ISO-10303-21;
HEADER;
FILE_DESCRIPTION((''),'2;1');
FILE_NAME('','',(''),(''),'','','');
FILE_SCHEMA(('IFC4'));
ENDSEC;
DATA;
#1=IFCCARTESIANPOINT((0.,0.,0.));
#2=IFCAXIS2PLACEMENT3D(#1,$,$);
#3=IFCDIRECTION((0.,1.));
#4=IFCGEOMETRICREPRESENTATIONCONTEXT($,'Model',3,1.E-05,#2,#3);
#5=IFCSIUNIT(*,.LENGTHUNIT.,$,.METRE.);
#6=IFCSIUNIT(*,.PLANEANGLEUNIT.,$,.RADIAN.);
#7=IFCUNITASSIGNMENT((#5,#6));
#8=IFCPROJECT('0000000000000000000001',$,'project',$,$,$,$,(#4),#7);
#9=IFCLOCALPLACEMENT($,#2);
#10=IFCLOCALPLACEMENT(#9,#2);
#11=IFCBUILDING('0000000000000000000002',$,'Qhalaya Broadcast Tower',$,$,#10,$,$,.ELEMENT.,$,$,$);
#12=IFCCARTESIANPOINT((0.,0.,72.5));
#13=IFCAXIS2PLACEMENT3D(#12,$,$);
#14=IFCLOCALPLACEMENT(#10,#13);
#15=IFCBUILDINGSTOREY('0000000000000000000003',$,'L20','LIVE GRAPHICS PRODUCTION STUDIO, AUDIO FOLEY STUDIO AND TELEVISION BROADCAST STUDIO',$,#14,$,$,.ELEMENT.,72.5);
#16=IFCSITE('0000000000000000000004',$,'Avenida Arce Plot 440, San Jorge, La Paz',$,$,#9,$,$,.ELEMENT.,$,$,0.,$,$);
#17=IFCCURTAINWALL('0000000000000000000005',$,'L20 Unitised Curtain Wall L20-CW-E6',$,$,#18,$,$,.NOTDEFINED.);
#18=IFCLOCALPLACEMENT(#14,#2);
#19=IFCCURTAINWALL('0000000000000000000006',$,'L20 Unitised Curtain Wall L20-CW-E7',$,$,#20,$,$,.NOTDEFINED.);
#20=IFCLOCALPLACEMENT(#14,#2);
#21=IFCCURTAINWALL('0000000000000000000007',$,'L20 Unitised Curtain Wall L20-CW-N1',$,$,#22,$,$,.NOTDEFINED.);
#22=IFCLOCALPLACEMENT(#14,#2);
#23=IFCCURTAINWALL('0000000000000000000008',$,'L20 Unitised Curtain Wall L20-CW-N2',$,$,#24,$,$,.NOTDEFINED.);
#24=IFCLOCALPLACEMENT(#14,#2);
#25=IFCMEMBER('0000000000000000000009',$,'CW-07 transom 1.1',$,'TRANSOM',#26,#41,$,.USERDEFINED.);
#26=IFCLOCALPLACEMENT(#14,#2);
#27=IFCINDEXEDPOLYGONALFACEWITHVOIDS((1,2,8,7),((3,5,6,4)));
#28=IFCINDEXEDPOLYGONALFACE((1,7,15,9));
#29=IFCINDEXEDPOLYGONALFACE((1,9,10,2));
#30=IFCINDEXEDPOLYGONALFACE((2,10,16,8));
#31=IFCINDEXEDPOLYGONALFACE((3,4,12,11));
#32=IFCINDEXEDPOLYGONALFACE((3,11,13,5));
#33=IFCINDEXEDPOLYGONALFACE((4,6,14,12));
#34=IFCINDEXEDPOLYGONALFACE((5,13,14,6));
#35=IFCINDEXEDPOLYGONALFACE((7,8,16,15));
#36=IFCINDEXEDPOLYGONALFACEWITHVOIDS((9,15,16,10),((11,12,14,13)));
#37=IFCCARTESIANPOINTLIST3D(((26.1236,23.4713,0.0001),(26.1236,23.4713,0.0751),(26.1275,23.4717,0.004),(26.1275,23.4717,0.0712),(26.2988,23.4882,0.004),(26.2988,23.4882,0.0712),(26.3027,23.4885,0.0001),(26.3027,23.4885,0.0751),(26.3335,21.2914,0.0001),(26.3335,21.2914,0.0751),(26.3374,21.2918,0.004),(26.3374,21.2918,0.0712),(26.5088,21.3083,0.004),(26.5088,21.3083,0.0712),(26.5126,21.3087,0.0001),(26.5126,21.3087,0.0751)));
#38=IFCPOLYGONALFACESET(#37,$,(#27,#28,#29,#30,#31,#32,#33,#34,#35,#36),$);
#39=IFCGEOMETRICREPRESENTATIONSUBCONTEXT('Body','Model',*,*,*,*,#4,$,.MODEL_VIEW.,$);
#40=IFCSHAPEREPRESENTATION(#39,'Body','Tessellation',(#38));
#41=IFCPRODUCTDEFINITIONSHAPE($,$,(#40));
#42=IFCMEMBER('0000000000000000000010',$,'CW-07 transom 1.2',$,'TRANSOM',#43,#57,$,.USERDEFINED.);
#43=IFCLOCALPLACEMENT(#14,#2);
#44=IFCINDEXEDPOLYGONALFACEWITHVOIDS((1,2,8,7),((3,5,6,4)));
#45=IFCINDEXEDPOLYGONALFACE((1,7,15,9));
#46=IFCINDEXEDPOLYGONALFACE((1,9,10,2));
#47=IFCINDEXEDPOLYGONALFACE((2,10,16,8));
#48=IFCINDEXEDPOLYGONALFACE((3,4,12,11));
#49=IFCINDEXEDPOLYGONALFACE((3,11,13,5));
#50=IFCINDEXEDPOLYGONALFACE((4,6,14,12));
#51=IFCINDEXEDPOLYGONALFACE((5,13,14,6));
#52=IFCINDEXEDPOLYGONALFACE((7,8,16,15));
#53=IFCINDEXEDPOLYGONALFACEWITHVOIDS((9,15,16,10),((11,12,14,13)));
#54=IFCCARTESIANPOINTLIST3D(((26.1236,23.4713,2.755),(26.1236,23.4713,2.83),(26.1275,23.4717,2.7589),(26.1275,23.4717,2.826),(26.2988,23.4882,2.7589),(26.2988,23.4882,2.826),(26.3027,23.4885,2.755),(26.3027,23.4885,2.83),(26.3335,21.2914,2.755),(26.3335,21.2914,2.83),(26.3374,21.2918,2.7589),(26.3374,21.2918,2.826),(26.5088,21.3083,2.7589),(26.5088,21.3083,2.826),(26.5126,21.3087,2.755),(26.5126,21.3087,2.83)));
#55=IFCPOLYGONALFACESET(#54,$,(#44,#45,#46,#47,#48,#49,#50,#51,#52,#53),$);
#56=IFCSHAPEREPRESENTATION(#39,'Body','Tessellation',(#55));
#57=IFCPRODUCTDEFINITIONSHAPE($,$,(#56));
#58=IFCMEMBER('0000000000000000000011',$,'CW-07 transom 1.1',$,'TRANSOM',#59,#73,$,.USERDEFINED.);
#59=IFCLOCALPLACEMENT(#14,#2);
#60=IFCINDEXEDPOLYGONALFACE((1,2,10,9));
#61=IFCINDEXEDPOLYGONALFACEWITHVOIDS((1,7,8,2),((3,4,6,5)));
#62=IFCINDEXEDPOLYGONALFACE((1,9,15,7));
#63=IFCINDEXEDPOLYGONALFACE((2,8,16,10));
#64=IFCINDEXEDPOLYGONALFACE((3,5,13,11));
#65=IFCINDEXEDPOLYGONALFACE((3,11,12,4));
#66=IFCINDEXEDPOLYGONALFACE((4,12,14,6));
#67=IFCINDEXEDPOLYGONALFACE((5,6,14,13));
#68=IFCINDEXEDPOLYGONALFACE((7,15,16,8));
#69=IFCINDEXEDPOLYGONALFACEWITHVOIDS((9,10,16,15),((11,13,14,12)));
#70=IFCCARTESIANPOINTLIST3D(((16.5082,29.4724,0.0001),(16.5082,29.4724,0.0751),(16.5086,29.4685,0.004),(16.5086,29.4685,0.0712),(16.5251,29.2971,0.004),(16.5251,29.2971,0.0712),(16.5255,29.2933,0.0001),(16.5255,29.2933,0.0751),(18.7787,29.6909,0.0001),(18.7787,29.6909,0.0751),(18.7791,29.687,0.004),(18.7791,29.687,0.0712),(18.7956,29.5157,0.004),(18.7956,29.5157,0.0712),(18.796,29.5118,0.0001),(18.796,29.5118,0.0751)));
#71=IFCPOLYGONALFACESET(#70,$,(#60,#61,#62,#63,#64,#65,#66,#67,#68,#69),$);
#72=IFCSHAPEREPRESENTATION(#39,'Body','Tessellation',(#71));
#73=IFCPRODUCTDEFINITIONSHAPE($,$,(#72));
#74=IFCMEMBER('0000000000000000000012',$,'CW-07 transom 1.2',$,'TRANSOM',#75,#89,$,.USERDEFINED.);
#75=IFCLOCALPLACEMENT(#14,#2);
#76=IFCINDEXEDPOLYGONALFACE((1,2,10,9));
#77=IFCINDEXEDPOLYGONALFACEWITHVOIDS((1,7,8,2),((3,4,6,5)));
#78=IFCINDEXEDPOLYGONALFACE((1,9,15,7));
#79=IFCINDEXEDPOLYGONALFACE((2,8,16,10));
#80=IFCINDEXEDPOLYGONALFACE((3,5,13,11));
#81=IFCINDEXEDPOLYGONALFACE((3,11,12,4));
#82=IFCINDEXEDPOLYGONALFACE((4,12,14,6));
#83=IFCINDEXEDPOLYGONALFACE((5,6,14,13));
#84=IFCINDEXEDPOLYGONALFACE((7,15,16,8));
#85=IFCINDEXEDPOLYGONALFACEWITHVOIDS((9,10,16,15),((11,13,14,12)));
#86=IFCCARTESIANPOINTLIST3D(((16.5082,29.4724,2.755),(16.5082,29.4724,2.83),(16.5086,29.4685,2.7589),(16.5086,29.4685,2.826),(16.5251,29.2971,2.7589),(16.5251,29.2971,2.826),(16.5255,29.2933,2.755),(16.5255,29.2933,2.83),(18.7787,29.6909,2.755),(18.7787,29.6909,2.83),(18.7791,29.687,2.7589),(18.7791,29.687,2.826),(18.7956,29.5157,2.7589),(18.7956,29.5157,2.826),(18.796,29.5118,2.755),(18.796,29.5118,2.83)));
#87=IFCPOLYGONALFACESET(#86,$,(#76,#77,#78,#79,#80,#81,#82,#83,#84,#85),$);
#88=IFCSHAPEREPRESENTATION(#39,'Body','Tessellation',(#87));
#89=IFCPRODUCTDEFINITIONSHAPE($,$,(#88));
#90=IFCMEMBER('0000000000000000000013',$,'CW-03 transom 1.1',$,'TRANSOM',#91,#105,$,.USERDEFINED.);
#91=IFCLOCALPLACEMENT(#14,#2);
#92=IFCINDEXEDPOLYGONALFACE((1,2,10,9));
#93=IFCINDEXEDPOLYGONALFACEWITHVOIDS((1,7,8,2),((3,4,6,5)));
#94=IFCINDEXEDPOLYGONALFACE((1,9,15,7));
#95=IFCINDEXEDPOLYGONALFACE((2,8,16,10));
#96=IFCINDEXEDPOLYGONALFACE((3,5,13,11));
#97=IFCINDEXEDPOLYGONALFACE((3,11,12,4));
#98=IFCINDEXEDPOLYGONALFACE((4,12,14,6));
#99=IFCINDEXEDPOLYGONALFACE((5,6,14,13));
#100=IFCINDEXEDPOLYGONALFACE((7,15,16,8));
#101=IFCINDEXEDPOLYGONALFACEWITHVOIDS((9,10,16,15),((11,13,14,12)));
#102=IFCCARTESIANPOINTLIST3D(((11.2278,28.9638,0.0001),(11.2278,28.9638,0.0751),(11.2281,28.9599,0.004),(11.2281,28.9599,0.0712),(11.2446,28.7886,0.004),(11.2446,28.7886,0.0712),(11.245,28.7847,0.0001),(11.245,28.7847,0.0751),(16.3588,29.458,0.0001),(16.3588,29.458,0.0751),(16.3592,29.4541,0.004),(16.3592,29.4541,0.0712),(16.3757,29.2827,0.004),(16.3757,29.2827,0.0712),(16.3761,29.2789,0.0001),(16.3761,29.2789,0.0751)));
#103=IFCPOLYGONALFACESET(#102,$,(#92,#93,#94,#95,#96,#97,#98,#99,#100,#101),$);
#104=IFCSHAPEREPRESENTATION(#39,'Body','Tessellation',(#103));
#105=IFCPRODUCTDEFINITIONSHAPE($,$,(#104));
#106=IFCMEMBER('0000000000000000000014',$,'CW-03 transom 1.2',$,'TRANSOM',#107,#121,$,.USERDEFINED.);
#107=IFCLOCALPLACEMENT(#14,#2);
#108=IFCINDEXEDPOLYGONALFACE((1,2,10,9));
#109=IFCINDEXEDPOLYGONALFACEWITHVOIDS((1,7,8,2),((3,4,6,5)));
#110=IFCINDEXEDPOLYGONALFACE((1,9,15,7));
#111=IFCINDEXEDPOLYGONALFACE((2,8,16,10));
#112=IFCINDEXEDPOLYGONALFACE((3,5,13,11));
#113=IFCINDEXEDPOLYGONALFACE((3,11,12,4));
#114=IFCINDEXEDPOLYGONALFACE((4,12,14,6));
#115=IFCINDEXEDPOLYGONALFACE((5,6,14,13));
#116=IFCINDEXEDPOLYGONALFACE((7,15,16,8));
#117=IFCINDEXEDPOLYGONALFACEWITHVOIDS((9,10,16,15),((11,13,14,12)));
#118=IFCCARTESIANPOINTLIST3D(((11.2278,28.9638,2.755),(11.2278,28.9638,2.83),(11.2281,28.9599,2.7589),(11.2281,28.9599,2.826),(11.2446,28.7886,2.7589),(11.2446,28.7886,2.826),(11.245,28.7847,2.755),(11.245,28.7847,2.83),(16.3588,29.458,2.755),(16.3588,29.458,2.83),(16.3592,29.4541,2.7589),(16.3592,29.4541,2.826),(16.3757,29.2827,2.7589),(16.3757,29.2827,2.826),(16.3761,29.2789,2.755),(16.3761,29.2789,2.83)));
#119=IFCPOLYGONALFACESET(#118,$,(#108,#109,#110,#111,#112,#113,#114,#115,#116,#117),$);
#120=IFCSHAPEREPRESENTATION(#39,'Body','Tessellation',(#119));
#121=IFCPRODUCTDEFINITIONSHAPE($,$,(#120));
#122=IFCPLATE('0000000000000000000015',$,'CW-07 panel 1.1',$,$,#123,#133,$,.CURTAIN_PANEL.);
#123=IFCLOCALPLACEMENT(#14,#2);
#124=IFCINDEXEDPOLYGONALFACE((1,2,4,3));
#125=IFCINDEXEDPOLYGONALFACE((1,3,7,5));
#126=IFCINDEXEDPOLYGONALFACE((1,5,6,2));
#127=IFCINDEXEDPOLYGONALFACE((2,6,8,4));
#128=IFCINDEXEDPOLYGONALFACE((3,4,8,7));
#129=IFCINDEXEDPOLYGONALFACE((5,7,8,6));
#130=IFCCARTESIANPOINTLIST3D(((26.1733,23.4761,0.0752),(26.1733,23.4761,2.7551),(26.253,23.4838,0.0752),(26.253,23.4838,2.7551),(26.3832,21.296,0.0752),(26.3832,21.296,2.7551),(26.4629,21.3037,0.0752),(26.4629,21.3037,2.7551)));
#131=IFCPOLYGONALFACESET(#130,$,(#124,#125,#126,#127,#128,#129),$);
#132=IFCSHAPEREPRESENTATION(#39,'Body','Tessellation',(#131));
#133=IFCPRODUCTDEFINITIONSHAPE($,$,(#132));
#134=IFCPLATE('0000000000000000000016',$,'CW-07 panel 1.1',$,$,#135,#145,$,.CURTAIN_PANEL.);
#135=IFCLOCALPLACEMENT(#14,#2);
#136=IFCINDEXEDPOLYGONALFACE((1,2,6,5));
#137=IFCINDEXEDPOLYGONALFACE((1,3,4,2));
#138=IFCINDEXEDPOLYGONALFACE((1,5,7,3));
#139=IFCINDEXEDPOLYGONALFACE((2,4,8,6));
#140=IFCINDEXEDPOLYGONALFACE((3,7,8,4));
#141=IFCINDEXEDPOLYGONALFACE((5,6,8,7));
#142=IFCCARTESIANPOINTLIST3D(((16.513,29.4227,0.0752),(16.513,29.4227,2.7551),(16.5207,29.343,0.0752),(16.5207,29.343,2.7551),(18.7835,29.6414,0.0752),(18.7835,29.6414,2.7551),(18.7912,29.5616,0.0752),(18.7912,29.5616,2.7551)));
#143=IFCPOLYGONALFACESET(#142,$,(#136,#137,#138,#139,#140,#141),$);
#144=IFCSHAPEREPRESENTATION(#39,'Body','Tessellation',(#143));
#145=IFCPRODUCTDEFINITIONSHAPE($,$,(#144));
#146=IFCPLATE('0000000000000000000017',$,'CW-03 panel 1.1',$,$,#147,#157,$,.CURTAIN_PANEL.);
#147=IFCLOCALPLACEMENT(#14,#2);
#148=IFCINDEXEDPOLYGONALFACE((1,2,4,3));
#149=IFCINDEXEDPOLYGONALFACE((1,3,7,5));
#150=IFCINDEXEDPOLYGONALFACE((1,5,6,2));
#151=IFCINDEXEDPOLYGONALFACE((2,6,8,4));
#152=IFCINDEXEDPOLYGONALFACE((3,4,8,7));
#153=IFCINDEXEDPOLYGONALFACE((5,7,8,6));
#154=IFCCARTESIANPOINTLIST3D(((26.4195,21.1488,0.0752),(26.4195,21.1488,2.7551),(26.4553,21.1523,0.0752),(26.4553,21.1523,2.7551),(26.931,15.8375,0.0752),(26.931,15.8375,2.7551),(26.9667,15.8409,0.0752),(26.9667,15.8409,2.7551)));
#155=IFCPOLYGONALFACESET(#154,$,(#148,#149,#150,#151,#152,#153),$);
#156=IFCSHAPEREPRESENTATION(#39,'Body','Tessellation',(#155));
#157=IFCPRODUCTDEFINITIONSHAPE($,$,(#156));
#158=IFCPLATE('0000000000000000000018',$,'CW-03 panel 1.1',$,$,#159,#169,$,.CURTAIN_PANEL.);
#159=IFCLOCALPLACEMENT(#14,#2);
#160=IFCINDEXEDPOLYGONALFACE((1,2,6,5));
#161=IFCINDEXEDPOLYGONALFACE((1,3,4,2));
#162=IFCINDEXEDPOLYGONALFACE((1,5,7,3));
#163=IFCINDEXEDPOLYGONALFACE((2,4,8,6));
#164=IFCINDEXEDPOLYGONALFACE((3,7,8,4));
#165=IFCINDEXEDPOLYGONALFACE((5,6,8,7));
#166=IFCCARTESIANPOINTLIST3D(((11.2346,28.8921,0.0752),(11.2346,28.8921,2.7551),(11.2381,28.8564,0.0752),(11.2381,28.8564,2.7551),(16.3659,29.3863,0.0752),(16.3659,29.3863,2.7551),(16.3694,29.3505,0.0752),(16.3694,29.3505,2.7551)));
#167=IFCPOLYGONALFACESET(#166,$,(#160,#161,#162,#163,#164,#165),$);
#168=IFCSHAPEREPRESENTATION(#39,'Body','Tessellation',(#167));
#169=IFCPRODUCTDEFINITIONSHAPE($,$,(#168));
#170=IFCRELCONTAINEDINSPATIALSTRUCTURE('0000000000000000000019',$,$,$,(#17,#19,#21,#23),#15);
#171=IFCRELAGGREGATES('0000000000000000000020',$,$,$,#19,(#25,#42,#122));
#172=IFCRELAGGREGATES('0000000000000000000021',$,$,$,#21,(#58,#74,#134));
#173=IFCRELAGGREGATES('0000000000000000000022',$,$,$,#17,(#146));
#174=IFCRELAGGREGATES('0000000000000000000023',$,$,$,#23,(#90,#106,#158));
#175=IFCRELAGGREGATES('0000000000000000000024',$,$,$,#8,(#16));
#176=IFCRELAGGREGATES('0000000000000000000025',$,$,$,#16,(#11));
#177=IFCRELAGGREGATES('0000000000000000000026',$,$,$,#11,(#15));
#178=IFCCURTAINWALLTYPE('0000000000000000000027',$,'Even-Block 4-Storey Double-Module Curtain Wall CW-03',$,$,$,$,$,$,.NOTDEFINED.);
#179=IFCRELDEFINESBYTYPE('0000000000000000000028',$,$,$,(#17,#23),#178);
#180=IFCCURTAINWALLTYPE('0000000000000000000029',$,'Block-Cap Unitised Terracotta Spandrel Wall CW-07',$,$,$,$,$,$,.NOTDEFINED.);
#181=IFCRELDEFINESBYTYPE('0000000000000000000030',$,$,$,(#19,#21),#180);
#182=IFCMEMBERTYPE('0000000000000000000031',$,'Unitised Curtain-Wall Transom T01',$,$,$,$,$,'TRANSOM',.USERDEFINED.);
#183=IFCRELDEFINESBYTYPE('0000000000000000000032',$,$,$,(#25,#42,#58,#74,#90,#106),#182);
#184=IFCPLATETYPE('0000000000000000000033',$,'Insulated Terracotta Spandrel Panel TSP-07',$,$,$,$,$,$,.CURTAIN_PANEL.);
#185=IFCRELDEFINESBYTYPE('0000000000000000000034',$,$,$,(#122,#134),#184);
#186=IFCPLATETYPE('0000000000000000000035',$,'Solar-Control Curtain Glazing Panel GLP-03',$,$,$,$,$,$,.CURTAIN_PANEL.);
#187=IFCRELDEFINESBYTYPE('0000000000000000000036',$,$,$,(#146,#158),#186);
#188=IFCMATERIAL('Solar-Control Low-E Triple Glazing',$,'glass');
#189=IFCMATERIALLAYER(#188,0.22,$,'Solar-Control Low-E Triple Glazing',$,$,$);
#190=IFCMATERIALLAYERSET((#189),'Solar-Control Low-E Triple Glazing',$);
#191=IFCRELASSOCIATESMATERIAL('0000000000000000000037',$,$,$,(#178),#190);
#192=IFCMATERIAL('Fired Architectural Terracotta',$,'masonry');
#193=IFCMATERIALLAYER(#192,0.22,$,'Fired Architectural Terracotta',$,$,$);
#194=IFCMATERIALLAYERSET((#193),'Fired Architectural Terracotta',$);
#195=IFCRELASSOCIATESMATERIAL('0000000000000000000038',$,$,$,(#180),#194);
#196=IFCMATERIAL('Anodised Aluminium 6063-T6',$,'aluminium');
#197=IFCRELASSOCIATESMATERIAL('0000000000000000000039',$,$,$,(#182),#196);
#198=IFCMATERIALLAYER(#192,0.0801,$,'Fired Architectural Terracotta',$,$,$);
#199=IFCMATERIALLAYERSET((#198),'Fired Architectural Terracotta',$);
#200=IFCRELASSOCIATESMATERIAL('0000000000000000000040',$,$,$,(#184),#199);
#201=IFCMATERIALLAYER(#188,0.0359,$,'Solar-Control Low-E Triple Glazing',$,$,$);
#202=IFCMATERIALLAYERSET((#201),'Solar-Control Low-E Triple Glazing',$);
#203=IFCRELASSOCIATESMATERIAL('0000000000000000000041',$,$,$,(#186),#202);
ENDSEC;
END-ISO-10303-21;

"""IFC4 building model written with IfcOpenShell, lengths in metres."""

from ifc_helpers import new_model, si_unit, direction, frame, origin, origin_2d, place, context, subcontext, project, spatial, rectangle, hollow_rectangle, extrude, material, layer, layer_set, material_profile, profile_set, type_object, element, aggregate, save


model = new_model("IFC4")

# Units and contexts
model_context = context("Model", 3, precision=1e-05, world=origin(), true_north=direction((0.0, 1.0)))
body_context = subcontext(model_context, "Body", "Model", "MODEL_VIEW")
ifc_project = project(units=[si_unit("LENGTHUNIT", "METRE"), si_unit("PLANEANGLEUNIT", "RADIAN")], contexts=[model_context])

# Site, building, storey
site_placement = place(None, origin())
site = spatial("IfcSite", under=ifc_project, at=site_placement, Name="Avenida Arce Plot 440, San Jorge, La Paz", CompositionType="ELEMENT", RefElevation=0.0)
building_placement = place(site_placement, origin())
building = spatial("IfcBuilding", under=site, at=building_placement, Name="Qhalaya Broadcast Tower", CompositionType="ELEMENT")
storey_placement = place(building_placement, frame((0.0, 0.0, 72.5)))
storey = spatial("IfcBuildingStorey", under=building, at=storey_placement, Name="L20", Description="LIVE GRAPHICS PRODUCTION STUDIO, AUDIO FOLEY STUDIO AND TELEVISION BROADCAST STUDIO", CompositionType="ELEMENT", Elevation=72.5)

# Curtain wall
ifc_material_1 = material(Name="Solar-Control Low-E Triple Glazing", Category="glass")
ifc_layer_1 = layer(ifc_material_1, 0.22, Name="Solar-Control Low-E Triple Glazing")
ifc_layer_set_1 = layer_set([ifc_layer_1], Name="Solar-Control Low-E Triple Glazing")
curtain_wall_type_1 = type_object("IfcCurtainWallType", Name="Even-Block 4-Storey Double-Module Curtain Wall CW-03", PredefinedType="NOTDEFINED", material=ifc_layer_set_1)
curtain_wall_1_placement = place(storey_placement, origin())
curtain_wall_1 = element("IfcCurtainWall", 1, at=curtain_wall_1_placement, inside=storey, type_object=curtain_wall_type_1, Name="L20 Unitised Curtain Wall L20-CW-E6", PredefinedType="NOTDEFINED")
ifc_material_2 = material(Name="Anodised Aluminium 6063-T6", Category="aluminium")

# Curtain walls
ifc_material_3 = material(Name="Fired Architectural Terracotta", Category="masonry")
ifc_layer_2 = layer(ifc_material_3, 0.22, Name="Fired Architectural Terracotta")
ifc_layer_set_2 = layer_set([ifc_layer_2], Name="Fired Architectural Terracotta")
curtain_wall_type_2 = type_object("IfcCurtainWallType", Name="Block-Cap Unitised Terracotta Spandrel Wall CW-07", PredefinedType="NOTDEFINED", material=ifc_layer_set_2)
curtain_wall_2_placement = place(storey_placement, origin())
curtain_wall_2 = element("IfcCurtainWall", 2, at=curtain_wall_2_placement, inside=storey, type_object=curtain_wall_type_2, Name="L20 Unitised Curtain Wall L20-CW-E7", PredefinedType="NOTDEFINED")
curtain_wall_3_placement = place(storey_placement, origin())
curtain_wall_3 = element("IfcCurtainWall", 3, at=curtain_wall_3_placement, inside=storey, type_object=curtain_wall_type_2, Name="L20 Unitised Curtain Wall L20-CW-N1", PredefinedType="NOTDEFINED")

# Curtain wall
curtain_wall_4_placement = place(storey_placement, origin())
curtain_wall_4 = element("IfcCurtainWall", 4, at=curtain_wall_4_placement, inside=storey, type_object=curtain_wall_type_1, Name="L20 Unitised Curtain Wall L20-CW-N2", PredefinedType="NOTDEFINED")

# Members
ifc_material_profile_1 = material_profile(ifc_material_2, hollow_rectangle(XDim=0.075, YDim=0.1799, WallThickness=0.0039, at=origin_2d()), Name="ALU-TRN 75x180x4")
ifc_profile_set_1 = profile_set([ifc_material_profile_1], Name="Anodised Aluminium 6063-T6")
member_type_1 = type_object("IfcMemberType", Name="Unitised Curtain-Wall Transom T01", ElementType="TRANSOM", PredefinedType="USERDEFINED", material=ifc_profile_set_1)
member_1_placement = place(storey_placement, frame((26.4231, 21.3, 0.0376), z_axis=(-0.095872, 0.995394, 0.0), x_axis=(0.0, 0.0, 1.0)))
member_1 = element("IfcMember", 5, at=member_1_placement, type_object=member_type_1, Name="CW-07 transom 1.1", ObjectType="TRANSOM", PredefinedType="USERDEFINED", context=body_context, shape_type="SweptSolid", body=[
    extrude(hollow_rectangle(XDim=0.075, YDim=0.1799, WallThickness=0.0039, at=origin_2d()), origin(), (0.0, 0.0, 1.0), 2.1899),
])
member_2_placement = place(storey_placement, frame((26.4231, 21.3, 2.7925), z_axis=(-0.095872, 0.995394, 0.0), x_axis=(0.0, 0.0, 1.0)))
member_2 = element("IfcMember", 6, at=member_2_placement, type_object=member_type_1, Name="CW-07 transom 1.2", ObjectType="TRANSOM", PredefinedType="USERDEFINED", context=body_context, shape_type="SweptSolid", body=[
    extrude(hollow_rectangle(XDim=0.075, YDim=0.1799, WallThickness=0.0039, at=origin_2d()), origin(), (0.0, 0.0, 1.0), 2.1899),
])
member_3_placement = place(storey_placement, frame((18.7874, 29.6013, 0.0376), z_axis=(-0.995401, -0.095794, 0.0), x_axis=(0.0, 0.0, 1.0)))
member_3 = element("IfcMember", 7, at=member_3_placement, type_object=member_type_1, Name="CW-07 transom 1.1", ObjectType="TRANSOM", PredefinedType="USERDEFINED", context=body_context, shape_type="SweptSolid", body=[
    extrude(hollow_rectangle(XDim=0.075, YDim=0.1799, WallThickness=0.0039, at=origin_2d()), origin(), (0.0, 0.0, 1.0), 2.281),
])
member_4_placement = place(storey_placement, frame((18.7874, 29.6013, 2.7925), z_axis=(-0.995401, -0.095794, 0.0), x_axis=(0.0, 0.0, 1.0)))
member_4 = element("IfcMember", 8, at=member_4_placement, type_object=member_type_1, Name="CW-07 transom 1.2", ObjectType="TRANSOM", PredefinedType="USERDEFINED", context=body_context, shape_type="SweptSolid", body=[
    extrude(hollow_rectangle(XDim=0.075, YDim=0.1799, WallThickness=0.0039, at=origin_2d()), origin(), (0.0, 0.0, 1.0), 2.281),
])
member_5_placement = place(storey_placement, frame((16.3674, 29.3684, 0.0376), z_axis=(-0.995395, -0.09586, 0.0), x_axis=(0.0, 0.0, 1.0)))
member_5 = element("IfcMember", 9, at=member_5_placement, type_object=member_type_1, Name="CW-03 transom 1.1", ObjectType="TRANSOM", PredefinedType="USERDEFINED", context=body_context, shape_type="SweptSolid", body=[
    extrude(hollow_rectangle(XDim=0.075, YDim=0.1799, WallThickness=0.0039, at=origin_2d()), origin(), (0.0, 0.0, 1.0), 5.1548),
])
member_6_placement = place(storey_placement, frame((16.3674, 29.3684, 2.7925), z_axis=(-0.995395, -0.09586, 0.0), x_axis=(0.0, 0.0, 1.0)))
member_6 = element("IfcMember", 10, at=member_6_placement, type_object=member_type_1, Name="CW-03 transom 1.2", ObjectType="TRANSOM", PredefinedType="USERDEFINED", context=body_context, shape_type="SweptSolid", body=[
    extrude(hollow_rectangle(XDim=0.075, YDim=0.1799, WallThickness=0.0039, at=origin_2d()), origin(), (0.0, 0.0, 1.0), 5.1548),
])

# Plates
ifc_layer_3 = layer(ifc_material_3, 0.0801, Name="Fired Architectural Terracotta")
ifc_layer_set_3 = layer_set([ifc_layer_3], Name="Fired Architectural Terracotta")
plate_type_1 = type_object("IfcPlateType", Name="Insulated Terracotta Spandrel Panel TSP-07", PredefinedType="CURTAIN_PANEL", material=ifc_layer_set_3)
plate_1_placement = place(storey_placement, frame((26.3181, 22.3899, 0.0752), z_axis=(0.0, 0.0, 1.0), x_axis=(-0.095852, 0.995396, 0.0)))
plate_1 = element("IfcPlate", 11, at=plate_1_placement, type_object=plate_type_1, Name="CW-07 panel 1.1", PredefinedType="CURTAIN_PANEL", context=body_context, shape_type="SweptSolid", body=[
    extrude(rectangle(XDim=2.1902, YDim=0.0801, at=origin_2d()), origin(), (0.0, 0.0, 1.0), 2.6799),
])
aggregate(curtain_wall_2, [member_1, member_2, plate_1])
plate_2_placement = place(storey_placement, frame((17.6521, 29.4922, 0.0752), z_axis=(0.0, 0.0, 1.0), x_axis=(-0.995396, -0.095846, 0.0)))
plate_2 = element("IfcPlate", 12, at=plate_2_placement, type_object=plate_type_1, Name="CW-07 panel 1.1", PredefinedType="CURTAIN_PANEL", context=body_context, shape_type="SweptSolid", body=[
    extrude(rectangle(XDim=2.281, YDim=0.0801, at=origin_2d()), origin(), (0.0, 0.0, 1.0), 2.6799),
])
aggregate(curtain_wall_3, [member_3, member_4, plate_2])
ifc_layer_4 = layer(ifc_material_1, 0.0359, Name="Solar-Control Low-E Triple Glazing")
ifc_layer_set_4 = layer_set([ifc_layer_4], Name="Solar-Control Low-E Triple Glazing")
plate_type_2 = type_object("IfcPlateType", Name="Solar-Control Curtain Glazing Panel GLP-03", PredefinedType="CURTAIN_PANEL", material=ifc_layer_set_4)
plate_3_placement = place(storey_placement, frame((26.6931, 18.4949, 0.0752), z_axis=(0.0, 0.0, 1.0), x_axis=(-0.095845, 0.995396, 0.0)))
plate_3 = element("IfcPlate", 13, at=plate_3_placement, type_object=plate_type_2, Name="CW-03 panel 1.1", PredefinedType="CURTAIN_PANEL", context=body_context, shape_type="SweptSolid", body=[
    extrude(rectangle(XDim=5.3359, YDim=0.0359, at=origin_2d()), origin(), (0.0, 0.0, 1.0), 2.6799),
])
aggregate(curtain_wall_1, [plate_3])
plate_4_placement = place(storey_placement, frame((13.802, 29.1213, 0.0752), z_axis=(0.0, 0.0, 1.0), x_axis=(-0.995396, -0.095852, 0.0)))
plate_4 = element("IfcPlate", 14, at=plate_4_placement, type_object=plate_type_2, Name="CW-03 panel 1.1", PredefinedType="CURTAIN_PANEL", context=body_context, shape_type="SweptSolid", body=[
    extrude(rectangle(XDim=5.155, YDim=0.0359, at=origin_2d()), origin(), (0.0, 0.0, 1.0), 2.6799),
])
aggregate(curtain_wall_4, [member_5, member_6, plate_4])

save(model, "model.ifc")
